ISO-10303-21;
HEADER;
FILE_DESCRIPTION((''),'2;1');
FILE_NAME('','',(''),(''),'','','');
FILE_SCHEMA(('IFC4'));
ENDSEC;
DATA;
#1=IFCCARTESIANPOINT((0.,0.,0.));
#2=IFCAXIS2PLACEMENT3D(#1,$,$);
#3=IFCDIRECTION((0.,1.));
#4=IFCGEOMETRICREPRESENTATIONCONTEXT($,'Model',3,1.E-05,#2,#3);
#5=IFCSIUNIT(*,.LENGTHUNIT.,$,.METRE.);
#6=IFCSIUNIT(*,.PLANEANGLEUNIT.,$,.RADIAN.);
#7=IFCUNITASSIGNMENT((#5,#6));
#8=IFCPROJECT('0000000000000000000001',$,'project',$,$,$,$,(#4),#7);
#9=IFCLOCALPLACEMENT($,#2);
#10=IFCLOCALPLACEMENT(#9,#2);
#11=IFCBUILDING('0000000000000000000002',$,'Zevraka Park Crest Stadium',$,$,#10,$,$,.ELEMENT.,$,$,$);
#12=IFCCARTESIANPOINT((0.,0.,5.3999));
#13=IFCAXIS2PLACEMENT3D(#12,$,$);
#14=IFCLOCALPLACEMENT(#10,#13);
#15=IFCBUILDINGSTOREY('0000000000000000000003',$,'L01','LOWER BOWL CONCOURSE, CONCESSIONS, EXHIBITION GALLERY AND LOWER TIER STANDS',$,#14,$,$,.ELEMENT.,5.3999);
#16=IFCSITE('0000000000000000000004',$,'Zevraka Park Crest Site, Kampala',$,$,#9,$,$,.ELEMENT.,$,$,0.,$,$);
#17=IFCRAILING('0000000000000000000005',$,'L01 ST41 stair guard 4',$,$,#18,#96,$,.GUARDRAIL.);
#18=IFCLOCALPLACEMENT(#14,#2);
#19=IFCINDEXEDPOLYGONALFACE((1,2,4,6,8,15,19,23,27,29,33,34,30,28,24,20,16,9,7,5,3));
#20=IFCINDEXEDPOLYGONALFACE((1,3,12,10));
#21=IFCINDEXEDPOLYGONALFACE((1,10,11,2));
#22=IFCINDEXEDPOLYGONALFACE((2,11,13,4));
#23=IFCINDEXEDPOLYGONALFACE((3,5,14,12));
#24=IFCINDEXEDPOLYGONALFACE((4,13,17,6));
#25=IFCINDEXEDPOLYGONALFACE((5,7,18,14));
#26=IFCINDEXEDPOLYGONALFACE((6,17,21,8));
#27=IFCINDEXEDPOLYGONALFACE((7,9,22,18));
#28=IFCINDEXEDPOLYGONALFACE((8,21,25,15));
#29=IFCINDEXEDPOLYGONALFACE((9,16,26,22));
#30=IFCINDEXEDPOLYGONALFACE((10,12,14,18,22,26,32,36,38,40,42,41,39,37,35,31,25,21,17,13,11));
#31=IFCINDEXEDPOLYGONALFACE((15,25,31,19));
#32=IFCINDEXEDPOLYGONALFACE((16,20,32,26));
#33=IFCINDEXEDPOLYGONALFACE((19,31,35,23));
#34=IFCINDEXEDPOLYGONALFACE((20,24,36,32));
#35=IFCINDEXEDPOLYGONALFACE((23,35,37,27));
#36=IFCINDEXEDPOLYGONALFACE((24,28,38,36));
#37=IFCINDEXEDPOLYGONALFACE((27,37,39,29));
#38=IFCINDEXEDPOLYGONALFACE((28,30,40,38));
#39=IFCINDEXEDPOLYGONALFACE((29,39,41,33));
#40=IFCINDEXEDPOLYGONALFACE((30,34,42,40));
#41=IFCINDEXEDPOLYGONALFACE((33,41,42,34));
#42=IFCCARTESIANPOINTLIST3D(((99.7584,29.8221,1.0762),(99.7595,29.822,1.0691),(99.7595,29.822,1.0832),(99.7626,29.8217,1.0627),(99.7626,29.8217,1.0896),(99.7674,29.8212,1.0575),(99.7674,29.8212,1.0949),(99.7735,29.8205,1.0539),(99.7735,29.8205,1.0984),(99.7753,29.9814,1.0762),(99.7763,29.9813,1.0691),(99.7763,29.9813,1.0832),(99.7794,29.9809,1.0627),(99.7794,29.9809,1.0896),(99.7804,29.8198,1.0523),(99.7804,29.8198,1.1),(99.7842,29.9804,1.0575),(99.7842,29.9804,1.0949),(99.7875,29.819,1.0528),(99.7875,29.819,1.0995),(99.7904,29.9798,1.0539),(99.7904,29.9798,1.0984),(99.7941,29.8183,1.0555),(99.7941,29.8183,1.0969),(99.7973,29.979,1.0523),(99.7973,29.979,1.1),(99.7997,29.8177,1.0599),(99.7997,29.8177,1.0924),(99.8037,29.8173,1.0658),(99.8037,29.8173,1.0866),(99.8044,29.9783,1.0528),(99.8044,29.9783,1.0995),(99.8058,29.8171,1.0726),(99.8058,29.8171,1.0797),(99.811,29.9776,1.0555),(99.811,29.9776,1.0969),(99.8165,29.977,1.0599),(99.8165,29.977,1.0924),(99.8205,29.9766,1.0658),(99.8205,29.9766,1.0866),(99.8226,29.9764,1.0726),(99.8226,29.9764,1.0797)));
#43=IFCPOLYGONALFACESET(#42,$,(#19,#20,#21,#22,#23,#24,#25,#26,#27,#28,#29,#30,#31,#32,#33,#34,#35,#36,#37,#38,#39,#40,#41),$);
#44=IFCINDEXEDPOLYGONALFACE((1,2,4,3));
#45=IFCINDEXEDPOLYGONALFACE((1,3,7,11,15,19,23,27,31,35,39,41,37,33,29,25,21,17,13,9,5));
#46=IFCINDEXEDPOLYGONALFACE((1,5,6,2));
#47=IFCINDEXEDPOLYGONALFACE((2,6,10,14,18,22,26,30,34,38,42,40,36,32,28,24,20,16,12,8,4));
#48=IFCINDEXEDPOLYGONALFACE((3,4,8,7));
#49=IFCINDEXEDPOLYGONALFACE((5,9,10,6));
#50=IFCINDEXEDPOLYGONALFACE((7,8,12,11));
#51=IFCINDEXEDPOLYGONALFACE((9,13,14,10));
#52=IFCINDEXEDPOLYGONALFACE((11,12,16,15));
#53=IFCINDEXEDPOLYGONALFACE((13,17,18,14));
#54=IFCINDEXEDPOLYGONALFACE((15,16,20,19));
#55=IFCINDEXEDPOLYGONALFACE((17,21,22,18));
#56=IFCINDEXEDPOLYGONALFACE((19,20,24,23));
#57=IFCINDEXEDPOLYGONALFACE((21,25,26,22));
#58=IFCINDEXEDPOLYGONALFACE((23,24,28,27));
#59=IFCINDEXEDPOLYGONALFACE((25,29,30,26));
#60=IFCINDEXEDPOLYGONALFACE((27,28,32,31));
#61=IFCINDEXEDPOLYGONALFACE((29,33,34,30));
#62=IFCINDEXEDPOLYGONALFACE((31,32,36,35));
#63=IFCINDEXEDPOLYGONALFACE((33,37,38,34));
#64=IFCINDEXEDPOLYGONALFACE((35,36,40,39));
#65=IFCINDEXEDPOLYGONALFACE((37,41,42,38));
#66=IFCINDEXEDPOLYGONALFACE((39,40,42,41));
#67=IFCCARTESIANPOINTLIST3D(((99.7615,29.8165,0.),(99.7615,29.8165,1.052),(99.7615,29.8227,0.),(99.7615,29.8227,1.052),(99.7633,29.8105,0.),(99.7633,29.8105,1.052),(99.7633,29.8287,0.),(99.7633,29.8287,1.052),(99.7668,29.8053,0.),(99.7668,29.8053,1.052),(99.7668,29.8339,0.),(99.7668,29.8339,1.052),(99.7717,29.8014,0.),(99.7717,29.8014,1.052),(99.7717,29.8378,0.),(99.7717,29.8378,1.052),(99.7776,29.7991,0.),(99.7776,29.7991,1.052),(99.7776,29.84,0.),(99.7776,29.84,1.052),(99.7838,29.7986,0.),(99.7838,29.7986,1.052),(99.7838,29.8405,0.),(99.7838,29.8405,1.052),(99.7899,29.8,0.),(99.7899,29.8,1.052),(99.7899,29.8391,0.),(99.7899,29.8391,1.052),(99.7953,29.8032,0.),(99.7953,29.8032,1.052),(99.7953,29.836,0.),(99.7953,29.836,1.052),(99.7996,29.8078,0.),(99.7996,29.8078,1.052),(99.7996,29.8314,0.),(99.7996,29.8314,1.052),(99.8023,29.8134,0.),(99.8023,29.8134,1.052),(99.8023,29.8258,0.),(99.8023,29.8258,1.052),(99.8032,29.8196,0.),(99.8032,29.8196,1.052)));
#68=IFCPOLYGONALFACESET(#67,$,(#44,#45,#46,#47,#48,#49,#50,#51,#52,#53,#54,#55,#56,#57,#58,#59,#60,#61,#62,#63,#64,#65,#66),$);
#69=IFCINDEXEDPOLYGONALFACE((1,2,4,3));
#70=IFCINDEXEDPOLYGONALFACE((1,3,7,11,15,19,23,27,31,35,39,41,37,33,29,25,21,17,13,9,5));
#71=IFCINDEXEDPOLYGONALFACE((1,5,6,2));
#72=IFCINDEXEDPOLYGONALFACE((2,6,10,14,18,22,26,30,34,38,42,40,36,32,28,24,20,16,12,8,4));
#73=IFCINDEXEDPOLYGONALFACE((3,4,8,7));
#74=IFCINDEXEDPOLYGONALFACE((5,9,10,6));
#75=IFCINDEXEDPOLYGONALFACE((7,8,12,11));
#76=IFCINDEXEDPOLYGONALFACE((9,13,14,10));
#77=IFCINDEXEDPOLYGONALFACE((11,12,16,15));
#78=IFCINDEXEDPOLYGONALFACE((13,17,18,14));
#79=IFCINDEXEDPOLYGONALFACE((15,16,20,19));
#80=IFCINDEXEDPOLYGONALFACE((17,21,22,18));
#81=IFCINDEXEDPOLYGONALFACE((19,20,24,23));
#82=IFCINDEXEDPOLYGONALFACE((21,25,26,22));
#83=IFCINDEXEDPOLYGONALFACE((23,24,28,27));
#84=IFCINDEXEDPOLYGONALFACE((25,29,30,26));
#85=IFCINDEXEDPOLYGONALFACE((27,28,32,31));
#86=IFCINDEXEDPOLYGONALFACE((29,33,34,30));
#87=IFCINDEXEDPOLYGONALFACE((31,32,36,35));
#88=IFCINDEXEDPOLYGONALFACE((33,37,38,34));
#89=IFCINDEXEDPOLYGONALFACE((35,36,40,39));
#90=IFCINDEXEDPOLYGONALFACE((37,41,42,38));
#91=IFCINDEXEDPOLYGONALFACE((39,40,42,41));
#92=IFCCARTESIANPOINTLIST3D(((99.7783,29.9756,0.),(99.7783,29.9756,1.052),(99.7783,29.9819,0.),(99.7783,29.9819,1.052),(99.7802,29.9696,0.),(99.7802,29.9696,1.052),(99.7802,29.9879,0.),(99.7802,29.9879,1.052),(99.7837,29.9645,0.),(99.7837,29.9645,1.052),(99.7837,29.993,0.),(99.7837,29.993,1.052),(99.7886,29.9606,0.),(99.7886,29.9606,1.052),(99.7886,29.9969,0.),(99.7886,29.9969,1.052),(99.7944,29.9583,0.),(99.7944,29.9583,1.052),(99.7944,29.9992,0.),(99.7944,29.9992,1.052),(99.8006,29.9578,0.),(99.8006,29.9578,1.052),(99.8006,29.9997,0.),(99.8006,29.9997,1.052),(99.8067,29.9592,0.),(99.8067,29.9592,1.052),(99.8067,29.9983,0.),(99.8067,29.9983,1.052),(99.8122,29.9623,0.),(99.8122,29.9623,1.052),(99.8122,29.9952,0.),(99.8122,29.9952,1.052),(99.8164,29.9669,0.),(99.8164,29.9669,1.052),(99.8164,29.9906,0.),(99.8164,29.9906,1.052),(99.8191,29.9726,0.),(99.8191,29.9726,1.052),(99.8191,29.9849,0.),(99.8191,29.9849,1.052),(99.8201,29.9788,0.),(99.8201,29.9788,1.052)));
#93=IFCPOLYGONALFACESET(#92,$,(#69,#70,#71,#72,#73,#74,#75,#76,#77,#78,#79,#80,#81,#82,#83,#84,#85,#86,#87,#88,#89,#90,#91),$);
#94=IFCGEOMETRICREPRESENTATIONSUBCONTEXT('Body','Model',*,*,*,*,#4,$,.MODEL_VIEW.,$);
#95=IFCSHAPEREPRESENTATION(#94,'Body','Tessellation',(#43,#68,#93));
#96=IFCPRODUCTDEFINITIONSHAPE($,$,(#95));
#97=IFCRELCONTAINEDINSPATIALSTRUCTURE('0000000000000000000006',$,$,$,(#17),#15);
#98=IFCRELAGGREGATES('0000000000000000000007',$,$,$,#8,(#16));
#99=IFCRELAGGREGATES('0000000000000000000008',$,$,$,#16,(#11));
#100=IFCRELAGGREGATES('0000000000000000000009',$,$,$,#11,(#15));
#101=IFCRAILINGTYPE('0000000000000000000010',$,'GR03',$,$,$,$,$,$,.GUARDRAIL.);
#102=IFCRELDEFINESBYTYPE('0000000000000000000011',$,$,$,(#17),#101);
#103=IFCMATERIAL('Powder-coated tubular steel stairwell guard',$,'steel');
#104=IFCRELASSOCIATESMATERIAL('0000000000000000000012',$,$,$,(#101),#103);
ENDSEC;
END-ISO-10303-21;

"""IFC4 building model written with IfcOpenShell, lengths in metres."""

from ifc_helpers import new_model, si_unit, direction, frame, origin, origin_2d, place, context, subcontext, project, spatial, circle, extrude, material, type_object, element, save


model = new_model("IFC4")

# Units and contexts
model_context = context("Model", 3, precision=1e-05, world=origin(), true_north=direction((0.0, 1.0)))
body_context = subcontext(model_context, "Body", "Model", "MODEL_VIEW")
ifc_project = project(units=[si_unit("LENGTHUNIT", "METRE"), si_unit("PLANEANGLEUNIT", "RADIAN")], contexts=[model_context])

# Site, building, storey
site_placement = place(None, origin())
site = spatial("IfcSite", under=ifc_project, at=site_placement, Name="Zevraka Park Crest Site, Kampala", CompositionType="ELEMENT", RefElevation=0.0)
building_placement = place(site_placement, origin())
building = spatial("IfcBuilding", under=site, at=building_placement, Name="Zevraka Park Crest Stadium", CompositionType="ELEMENT")
storey_placement = place(building_placement, frame((0.0, 0.0, 5.3999)))
storey = spatial("IfcBuildingStorey", under=building, at=storey_placement, Name="L01", Description="LOWER BOWL CONCOURSE, CONCESSIONS, EXHIBITION GALLERY AND LOWER TIER STANDS", CompositionType="ELEMENT", Elevation=5.3999)

# Railing
ifc_material_1 = material(Name="Powder-coated tubular steel stairwell guard", Category="steel")
railing_type_1 = type_object("IfcRailingType", Name="GR03", PredefinedType="GUARDRAIL", material=ifc_material_1)
railing_1_placement = place(storey_placement, frame((99.7822, 29.8196, 0.0)))
element("IfcRailing", 1, at=railing_1_placement, inside=storey, type_object=railing_type_1, Name="L01 ST41 stair guard 4", PredefinedType="GUARDRAIL", context=body_context, shape_type="SweptSolid", body=[
    extrude(circle(Radius=0.0239, at=origin_2d()), frame((0.0, 0.0, 1.0762), z_axis=(0.105241, 0.994447, 0.0), x_axis=(-0.994447, 0.105241, 0.0)), (0.0, 0.0, 1.0), 0.1602),
    extrude(circle(Radius=0.021, at=origin_2d()), origin(), (0.0, 0.0, 1.0), 1.052),
    extrude(circle(Radius=0.021, at=origin_2d()), frame((0.0168, 0.1592, 0.0)), (0.0, 0.0, 1.0), 1.052),
])

save(model, "model.ifc")
